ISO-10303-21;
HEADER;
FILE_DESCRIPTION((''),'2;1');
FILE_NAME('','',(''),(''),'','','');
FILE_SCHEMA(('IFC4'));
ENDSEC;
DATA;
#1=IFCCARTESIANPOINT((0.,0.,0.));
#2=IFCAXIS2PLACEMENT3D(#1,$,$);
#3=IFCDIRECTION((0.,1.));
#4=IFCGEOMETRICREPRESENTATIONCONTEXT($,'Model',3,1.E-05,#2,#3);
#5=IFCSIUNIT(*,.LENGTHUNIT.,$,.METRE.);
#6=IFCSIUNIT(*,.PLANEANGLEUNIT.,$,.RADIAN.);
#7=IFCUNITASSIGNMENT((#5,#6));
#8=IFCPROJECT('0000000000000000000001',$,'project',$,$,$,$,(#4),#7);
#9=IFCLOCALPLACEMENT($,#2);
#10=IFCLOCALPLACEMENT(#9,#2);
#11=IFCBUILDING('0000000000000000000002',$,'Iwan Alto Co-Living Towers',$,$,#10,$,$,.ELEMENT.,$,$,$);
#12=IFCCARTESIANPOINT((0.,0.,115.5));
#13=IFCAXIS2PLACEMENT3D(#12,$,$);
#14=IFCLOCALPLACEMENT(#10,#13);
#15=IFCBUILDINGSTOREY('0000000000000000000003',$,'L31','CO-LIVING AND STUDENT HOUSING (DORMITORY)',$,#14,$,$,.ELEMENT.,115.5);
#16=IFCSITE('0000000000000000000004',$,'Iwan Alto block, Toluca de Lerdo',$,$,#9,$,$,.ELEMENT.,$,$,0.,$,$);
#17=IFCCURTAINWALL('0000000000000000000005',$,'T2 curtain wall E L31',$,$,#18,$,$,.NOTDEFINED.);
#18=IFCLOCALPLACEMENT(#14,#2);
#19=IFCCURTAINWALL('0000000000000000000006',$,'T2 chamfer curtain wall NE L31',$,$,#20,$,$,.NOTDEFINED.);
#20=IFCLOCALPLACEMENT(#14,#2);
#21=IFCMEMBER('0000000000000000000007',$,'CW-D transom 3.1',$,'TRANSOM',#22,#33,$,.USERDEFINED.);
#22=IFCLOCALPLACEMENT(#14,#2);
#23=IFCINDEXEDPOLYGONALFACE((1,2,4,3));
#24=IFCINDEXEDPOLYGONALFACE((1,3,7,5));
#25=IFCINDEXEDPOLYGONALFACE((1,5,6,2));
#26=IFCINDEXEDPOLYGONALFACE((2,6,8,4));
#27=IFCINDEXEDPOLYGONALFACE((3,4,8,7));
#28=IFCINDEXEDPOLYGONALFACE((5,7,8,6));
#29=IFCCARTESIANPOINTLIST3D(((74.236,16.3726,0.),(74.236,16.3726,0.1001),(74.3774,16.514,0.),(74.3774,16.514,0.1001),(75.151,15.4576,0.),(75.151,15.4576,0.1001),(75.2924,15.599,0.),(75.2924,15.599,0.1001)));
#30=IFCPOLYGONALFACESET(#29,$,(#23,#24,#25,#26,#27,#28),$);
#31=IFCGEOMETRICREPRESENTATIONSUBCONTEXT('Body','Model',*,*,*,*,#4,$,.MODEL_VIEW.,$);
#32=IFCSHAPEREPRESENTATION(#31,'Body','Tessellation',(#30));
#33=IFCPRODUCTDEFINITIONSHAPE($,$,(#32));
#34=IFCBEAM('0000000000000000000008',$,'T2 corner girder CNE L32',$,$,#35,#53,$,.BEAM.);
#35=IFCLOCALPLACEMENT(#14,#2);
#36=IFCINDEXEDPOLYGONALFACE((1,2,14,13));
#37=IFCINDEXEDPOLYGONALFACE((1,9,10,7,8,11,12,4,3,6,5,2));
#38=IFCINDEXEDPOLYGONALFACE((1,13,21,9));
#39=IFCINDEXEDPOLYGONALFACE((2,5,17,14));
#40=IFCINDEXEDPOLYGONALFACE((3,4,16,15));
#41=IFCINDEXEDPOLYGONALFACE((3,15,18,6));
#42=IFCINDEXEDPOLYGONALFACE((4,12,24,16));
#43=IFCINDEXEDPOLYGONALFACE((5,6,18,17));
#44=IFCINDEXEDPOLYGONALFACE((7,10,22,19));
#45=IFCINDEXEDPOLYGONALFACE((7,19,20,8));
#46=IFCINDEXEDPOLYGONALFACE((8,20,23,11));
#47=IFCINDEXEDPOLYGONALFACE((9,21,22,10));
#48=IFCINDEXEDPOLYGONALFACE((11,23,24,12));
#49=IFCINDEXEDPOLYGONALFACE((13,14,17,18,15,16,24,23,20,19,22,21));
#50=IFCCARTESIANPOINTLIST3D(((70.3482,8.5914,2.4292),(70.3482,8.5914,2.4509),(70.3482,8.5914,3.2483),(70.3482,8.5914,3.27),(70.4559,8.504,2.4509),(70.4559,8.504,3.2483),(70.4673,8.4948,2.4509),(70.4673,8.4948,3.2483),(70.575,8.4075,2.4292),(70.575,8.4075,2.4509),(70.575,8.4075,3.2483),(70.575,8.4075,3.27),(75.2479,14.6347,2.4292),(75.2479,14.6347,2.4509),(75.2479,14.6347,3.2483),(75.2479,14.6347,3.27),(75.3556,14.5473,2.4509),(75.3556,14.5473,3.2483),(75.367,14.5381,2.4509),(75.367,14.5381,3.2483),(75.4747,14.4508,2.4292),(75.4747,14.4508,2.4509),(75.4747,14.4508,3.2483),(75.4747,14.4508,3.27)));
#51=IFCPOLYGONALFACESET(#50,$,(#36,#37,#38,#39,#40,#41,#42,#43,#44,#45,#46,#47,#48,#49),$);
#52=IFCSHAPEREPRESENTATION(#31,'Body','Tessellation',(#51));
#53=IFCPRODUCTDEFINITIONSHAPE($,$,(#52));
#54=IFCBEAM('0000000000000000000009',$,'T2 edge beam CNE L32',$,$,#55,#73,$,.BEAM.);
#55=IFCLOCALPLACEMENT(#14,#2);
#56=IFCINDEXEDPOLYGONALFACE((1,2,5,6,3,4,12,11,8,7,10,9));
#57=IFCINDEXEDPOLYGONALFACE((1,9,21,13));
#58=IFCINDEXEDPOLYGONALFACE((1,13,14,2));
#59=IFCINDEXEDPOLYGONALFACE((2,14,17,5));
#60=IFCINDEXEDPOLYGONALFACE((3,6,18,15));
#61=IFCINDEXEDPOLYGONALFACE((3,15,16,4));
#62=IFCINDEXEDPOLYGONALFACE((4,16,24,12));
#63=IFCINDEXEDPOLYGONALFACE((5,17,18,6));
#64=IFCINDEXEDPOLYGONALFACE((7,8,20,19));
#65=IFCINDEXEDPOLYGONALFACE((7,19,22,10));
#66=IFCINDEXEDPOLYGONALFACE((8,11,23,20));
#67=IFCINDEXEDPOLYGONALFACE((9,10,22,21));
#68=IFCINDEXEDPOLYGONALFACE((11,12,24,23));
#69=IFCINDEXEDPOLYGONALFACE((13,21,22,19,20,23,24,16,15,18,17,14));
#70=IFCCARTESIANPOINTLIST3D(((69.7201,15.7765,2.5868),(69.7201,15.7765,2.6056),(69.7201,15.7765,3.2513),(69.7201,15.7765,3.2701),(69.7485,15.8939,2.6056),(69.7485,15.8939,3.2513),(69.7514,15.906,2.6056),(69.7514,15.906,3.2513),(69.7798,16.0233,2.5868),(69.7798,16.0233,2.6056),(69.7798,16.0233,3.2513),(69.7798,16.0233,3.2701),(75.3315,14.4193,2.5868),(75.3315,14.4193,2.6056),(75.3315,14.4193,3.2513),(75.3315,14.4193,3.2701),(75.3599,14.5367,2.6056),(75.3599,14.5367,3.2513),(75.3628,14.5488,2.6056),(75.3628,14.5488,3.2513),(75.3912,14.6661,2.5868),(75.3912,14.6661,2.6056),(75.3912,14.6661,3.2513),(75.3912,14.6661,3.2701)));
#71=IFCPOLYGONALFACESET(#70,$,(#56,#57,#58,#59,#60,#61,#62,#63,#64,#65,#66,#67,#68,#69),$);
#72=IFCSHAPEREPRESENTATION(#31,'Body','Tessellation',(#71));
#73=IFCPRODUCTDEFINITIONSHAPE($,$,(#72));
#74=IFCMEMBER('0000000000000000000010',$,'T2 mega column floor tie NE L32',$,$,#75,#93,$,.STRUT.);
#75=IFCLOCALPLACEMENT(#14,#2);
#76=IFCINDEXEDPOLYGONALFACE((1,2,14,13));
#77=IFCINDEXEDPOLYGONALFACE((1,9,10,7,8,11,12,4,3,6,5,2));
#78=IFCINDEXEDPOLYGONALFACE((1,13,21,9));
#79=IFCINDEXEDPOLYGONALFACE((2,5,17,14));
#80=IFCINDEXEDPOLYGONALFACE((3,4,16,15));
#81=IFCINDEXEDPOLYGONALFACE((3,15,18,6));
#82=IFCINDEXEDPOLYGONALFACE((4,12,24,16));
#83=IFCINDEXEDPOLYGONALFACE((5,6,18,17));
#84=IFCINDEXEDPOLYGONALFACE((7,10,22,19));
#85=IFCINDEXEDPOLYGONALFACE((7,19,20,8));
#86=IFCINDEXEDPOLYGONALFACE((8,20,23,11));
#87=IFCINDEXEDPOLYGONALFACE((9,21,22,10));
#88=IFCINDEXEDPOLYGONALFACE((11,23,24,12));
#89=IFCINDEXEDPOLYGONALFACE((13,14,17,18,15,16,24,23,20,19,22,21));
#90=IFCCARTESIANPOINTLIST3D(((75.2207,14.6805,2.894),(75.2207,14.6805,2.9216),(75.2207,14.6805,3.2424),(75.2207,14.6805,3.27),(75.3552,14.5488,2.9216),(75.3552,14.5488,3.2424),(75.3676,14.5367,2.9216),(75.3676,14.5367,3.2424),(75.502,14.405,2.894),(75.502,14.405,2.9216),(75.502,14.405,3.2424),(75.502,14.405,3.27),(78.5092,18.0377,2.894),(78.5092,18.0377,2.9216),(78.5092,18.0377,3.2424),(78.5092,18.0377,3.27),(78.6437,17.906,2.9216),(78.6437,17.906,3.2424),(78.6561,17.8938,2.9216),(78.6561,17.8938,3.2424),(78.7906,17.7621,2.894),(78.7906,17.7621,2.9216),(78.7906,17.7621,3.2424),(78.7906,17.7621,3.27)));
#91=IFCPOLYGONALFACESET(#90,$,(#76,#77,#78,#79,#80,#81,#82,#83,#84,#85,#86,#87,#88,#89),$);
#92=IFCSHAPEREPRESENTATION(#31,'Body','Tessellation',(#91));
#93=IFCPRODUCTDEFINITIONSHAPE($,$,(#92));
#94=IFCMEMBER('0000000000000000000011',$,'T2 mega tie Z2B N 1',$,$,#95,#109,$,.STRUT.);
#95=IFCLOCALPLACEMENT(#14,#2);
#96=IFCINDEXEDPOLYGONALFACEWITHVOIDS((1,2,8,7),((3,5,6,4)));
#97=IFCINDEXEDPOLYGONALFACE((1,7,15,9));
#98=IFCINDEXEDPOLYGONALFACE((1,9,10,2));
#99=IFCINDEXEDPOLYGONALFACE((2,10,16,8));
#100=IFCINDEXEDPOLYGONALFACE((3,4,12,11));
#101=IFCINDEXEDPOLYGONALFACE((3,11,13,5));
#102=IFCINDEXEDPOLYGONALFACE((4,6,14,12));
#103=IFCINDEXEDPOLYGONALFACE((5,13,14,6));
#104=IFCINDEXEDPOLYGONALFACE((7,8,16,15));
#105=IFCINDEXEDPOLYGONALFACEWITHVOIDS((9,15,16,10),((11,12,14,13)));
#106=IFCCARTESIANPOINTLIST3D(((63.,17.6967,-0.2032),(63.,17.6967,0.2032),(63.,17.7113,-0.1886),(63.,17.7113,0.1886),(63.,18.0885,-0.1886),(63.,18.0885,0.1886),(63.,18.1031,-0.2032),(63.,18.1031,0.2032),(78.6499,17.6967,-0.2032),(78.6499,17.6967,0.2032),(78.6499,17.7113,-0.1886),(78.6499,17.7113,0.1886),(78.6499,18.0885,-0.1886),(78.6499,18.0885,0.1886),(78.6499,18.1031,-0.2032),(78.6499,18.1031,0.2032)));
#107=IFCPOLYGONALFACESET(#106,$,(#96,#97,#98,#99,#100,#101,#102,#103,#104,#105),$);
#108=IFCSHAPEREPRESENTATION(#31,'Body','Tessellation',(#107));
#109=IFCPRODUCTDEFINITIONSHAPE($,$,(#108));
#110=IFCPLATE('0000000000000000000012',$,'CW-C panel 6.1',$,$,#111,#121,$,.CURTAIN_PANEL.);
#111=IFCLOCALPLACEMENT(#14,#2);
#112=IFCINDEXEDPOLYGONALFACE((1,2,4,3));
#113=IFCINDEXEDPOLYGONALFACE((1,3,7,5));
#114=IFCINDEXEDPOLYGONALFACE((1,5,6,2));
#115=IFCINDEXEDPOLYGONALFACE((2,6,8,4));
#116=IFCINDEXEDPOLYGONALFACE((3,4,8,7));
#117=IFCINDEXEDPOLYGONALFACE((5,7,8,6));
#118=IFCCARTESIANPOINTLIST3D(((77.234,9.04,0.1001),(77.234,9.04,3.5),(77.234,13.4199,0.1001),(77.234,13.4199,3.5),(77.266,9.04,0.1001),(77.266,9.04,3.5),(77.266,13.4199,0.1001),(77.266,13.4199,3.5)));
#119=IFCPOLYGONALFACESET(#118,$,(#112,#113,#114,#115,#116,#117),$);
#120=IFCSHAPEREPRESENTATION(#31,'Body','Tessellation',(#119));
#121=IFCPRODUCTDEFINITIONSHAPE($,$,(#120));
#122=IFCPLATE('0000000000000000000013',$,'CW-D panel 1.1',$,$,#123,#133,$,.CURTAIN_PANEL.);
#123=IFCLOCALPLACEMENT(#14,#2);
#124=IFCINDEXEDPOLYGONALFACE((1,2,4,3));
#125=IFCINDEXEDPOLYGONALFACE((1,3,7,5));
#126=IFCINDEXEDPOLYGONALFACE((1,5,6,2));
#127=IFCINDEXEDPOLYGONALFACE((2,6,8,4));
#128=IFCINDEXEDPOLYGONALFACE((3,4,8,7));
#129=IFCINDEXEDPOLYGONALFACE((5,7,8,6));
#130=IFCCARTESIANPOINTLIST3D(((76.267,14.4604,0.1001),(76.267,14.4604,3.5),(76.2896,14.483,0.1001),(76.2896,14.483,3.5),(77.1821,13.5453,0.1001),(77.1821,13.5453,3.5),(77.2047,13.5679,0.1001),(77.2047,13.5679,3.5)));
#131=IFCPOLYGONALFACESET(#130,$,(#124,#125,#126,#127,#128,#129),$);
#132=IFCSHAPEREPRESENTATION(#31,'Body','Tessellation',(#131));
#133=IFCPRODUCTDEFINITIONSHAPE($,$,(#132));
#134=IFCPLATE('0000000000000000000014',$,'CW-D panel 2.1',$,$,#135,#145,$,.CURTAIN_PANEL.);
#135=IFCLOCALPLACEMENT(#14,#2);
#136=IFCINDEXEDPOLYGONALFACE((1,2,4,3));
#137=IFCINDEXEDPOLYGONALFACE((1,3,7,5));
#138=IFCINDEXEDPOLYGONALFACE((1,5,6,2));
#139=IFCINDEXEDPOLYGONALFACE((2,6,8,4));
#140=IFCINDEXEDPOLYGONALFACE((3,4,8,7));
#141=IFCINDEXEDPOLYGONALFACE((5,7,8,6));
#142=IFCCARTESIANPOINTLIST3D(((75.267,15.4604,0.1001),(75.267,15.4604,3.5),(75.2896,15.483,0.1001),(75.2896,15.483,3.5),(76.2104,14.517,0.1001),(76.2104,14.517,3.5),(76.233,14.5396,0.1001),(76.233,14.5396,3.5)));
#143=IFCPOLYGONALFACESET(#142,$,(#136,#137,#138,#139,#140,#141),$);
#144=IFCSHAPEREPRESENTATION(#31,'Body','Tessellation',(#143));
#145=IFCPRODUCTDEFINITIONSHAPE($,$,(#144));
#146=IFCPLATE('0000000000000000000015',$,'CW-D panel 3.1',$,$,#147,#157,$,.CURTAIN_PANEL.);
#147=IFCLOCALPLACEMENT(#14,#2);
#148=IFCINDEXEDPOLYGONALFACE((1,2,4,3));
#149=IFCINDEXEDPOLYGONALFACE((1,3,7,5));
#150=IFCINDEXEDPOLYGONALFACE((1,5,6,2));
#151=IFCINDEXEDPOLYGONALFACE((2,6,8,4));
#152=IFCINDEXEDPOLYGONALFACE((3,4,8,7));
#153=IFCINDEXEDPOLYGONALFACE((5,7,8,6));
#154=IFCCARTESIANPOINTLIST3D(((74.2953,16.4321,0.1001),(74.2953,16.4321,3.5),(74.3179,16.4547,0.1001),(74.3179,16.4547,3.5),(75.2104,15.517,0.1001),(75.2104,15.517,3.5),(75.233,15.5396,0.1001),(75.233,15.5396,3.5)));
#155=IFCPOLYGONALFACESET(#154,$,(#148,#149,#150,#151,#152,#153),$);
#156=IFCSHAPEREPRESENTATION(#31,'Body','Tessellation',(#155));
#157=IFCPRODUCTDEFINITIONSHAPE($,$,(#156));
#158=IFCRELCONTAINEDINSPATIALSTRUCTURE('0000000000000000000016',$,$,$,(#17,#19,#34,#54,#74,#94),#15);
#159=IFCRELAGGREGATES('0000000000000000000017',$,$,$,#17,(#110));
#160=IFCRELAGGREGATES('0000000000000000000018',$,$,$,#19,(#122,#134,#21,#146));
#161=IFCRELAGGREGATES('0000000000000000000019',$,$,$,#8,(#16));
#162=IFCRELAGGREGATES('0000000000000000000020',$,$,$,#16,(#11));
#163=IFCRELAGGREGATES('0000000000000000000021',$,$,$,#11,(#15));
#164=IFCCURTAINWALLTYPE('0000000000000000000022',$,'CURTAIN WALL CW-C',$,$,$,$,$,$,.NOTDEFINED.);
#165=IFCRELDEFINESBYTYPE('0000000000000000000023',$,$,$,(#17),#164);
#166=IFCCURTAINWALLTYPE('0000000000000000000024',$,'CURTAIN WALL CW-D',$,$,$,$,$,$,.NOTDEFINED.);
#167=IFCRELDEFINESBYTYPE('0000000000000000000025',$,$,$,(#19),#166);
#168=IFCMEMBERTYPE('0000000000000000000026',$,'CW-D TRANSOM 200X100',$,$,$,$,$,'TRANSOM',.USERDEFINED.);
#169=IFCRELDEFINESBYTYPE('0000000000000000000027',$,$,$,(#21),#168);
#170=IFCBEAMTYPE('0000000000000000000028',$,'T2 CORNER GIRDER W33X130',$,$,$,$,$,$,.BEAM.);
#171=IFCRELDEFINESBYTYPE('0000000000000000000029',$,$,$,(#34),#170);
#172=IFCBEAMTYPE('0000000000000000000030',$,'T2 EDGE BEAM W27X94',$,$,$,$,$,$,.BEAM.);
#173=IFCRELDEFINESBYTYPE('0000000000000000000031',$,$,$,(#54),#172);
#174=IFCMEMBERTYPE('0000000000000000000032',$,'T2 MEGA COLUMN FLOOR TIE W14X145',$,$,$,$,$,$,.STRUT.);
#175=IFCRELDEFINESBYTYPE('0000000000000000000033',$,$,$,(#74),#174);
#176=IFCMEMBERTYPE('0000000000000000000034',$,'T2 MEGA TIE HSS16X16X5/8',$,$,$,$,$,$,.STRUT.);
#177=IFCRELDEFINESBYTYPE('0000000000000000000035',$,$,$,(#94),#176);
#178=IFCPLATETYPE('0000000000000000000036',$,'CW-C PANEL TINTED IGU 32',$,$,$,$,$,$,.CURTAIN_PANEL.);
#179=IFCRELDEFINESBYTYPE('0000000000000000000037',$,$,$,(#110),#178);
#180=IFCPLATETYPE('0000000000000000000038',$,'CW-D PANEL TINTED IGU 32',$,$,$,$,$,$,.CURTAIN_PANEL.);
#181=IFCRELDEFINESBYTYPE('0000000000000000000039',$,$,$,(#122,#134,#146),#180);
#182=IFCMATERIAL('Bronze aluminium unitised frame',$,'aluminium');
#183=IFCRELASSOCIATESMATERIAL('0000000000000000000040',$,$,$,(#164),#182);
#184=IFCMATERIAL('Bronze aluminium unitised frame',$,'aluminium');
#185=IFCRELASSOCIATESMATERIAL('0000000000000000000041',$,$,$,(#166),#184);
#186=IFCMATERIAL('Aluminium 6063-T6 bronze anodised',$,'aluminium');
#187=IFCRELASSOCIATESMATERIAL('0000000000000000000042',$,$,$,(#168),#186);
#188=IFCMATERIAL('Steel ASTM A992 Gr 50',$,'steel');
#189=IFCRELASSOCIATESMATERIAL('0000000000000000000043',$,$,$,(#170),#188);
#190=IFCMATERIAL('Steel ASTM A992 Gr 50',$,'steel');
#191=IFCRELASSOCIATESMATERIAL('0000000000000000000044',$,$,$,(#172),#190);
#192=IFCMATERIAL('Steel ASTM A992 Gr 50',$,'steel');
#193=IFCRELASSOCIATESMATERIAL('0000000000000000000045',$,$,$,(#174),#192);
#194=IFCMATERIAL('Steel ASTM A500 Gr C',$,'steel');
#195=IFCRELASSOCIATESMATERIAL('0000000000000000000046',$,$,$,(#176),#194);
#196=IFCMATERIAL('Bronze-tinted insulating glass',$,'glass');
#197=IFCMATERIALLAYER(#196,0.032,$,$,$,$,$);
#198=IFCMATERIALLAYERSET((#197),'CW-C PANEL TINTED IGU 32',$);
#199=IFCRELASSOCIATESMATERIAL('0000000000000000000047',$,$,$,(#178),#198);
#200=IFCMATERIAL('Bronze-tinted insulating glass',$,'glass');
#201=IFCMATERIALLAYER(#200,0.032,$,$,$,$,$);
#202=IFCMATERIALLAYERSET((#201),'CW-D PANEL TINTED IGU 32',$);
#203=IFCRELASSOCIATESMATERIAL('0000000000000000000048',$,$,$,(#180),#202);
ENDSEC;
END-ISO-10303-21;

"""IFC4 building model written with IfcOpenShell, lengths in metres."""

from ifc_helpers import new_model, si_unit, direction, frame, origin, origin_2d, place, context, subcontext, project, spatial, rectangle, hollow_rectangle, i_section, extrude, material, layer, layer_set, material_profile, profile_set, type_object, element, aggregate, save


model = new_model("IFC4")

# Units and contexts
model_context = context("Model", 3, precision=1e-05, world=origin(), true_north=direction((0.0, 1.0)))
body_context = subcontext(model_context, "Body", "Model", "MODEL_VIEW")
ifc_project = project(units=[si_unit("LENGTHUNIT", "METRE"), si_unit("PLANEANGLEUNIT", "RADIAN")], contexts=[model_context])

# Site, building, storey
site_placement = place(None, origin())
site = spatial("IfcSite", under=ifc_project, at=site_placement, Name="Iwan Alto block, Toluca de Lerdo", CompositionType="ELEMENT", RefElevation=0.0)
building_placement = place(site_placement, origin())
building = spatial("IfcBuilding", under=site, at=building_placement, Name="Iwan Alto Co-Living Towers", CompositionType="ELEMENT")
storey_placement = place(building_placement, frame((0.0, 0.0, 115.5)))
storey = spatial("IfcBuildingStorey", under=building, at=storey_placement, Name="L31", Description="CO-LIVING AND STUDENT HOUSING (DORMITORY)", CompositionType="ELEMENT", Elevation=115.5)

# Curtain wall
ifc_material_1 = material(Name="Bronze aluminium unitised frame", Category="aluminium")
curtain_wall_type_1 = type_object("IfcCurtainWallType", Name="CURTAIN WALL CW-C", PredefinedType="NOTDEFINED", material=ifc_material_1)
curtain_wall_1_placement = place(storey_placement, origin())
curtain_wall_1 = element("IfcCurtainWall", 1, at=curtain_wall_1_placement, inside=storey, type_object=curtain_wall_type_1, Name="T2 curtain wall E L31", PredefinedType="NOTDEFINED")

# Curtain wall, member
ifc_material_2 = material(Name="Bronze aluminium unitised frame", Category="aluminium")
curtain_wall_type_2 = type_object("IfcCurtainWallType", Name="CURTAIN WALL CW-D", PredefinedType="NOTDEFINED", material=ifc_material_2)
curtain_wall_2_placement = place(storey_placement, origin())
curtain_wall_2 = element("IfcCurtainWall", 2, at=curtain_wall_2_placement, inside=storey, type_object=curtain_wall_type_2, Name="T2 chamfer curtain wall NE L31", PredefinedType="NOTDEFINED")
ifc_material_3 = material(Name="Aluminium 6063-T6 bronze anodised", Category="aluminium")
ifc_material_profile_1 = material_profile(ifc_material_3, rectangle(XDim=0.2, YDim=0.1001, at=origin_2d()), Name="AL 200X100")
ifc_profile_set_1 = profile_set([ifc_material_profile_1], Name="Aluminium 6063-T6 bronze anodised")
member_type_1 = type_object("IfcMemberType", Name="CW-D TRANSOM 200X100", ElementType="TRANSOM", PredefinedType="USERDEFINED", material=ifc_profile_set_1)
member_1_placement = place(storey_placement, frame((75.2217, 15.5283, 0.05), z_axis=(-0.707107, 0.707107, 0.0), x_axis=(-0.707107, -0.707107, 0.0)))
member_1 = element("IfcMember", 3, at=member_1_placement, type_object=member_type_1, Name="CW-D transom 3.1", ObjectType="TRANSOM", PredefinedType="USERDEFINED", context=body_context, shape_type="SweptSolid", body=[
    extrude(rectangle(XDim=0.2, YDim=0.1001, at=origin_2d()), origin(), (0.0, 0.0, 1.0), 1.2939),
])

# Beams
ifc_material_4 = material(Name="Steel ASTM A992 Gr 50", Category="steel")
ifc_material_profile_2 = material_profile(ifc_material_4, i_section(OverallWidth=0.292, OverallDepth=0.8408, WebThickness=0.0146, FlangeThickness=0.0217, at=origin_2d()), Name="W33X130")
ifc_profile_set_2 = profile_set([ifc_material_profile_2], Name="Steel ASTM A992 Gr 50")
beam_type_1 = type_object("IfcBeamType", Name="T2 CORNER GIRDER W33X130", PredefinedType="BEAM", material=ifc_profile_set_2)
beam_1_placement = place(storey_placement, frame((75.3613, 14.5427, 2.8496), z_axis=(-0.629783, -0.776771, 0.0), x_axis=(0.776771, -0.629783, 0.0)))
element("IfcBeam", 4, at=beam_1_placement, inside=storey, type_object=beam_type_1, Name="T2 corner girder CNE L32", PredefinedType="BEAM", context=body_context, shape_type="SweptSolid", body=[
    extrude(i_section(OverallWidth=0.292, OverallDepth=0.8408, WebThickness=0.0146, FlangeThickness=0.0217, at=origin_2d()), origin(), (0.0, 0.0, 1.0), 7.78),
])
ifc_material_5 = material(Name="Steel ASTM A992 Gr 50", Category="steel")
ifc_material_profile_3 = material_profile(ifc_material_5, i_section(OverallWidth=0.2539, OverallDepth=0.6833, WebThickness=0.0125, FlangeThickness=0.0188, at=origin_2d()), Name="W27X94")
ifc_profile_set_3 = profile_set([ifc_material_profile_3], Name="Steel ASTM A992 Gr 50")
beam_type_2 = type_object("IfcBeamType", Name="T2 EDGE BEAM W27X94", PredefinedType="BEAM", material=ifc_profile_set_3)
beam_2_placement = place(storey_placement, frame((75.3613, 14.5427, 2.9285), z_axis=(-0.971975, 0.235086, 0.0), x_axis=(-0.235086, -0.971975, 0.0)))
element("IfcBeam", 5, at=beam_2_placement, inside=storey, type_object=beam_type_2, Name="T2 edge beam CNE L32", PredefinedType="BEAM", context=body_context, shape_type="SweptSolid", body=[
    extrude(i_section(OverallWidth=0.2539, OverallDepth=0.6833, WebThickness=0.0125, FlangeThickness=0.0188, at=origin_2d()), origin(), (0.0, 0.0, 1.0), 5.7732),
])

# Members
ifc_material_6 = material(Name="Steel ASTM A992 Gr 50", Category="steel")
ifc_material_profile_4 = material_profile(ifc_material_6, i_section(OverallWidth=0.3938, OverallDepth=0.376, WebThickness=0.0173, FlangeThickness=0.0276, at=origin_2d()), Name="W14X145")
ifc_profile_set_4 = profile_set([ifc_material_profile_4], Name="Steel ASTM A992 Gr 50")
member_type_2 = type_object("IfcMemberType", Name="T2 MEGA COLUMN FLOOR TIE W14X145", PredefinedType="STRUT", material=ifc_profile_set_4)
member_2_placement = place(storey_placement, frame((78.6499, 17.8999, 3.082), z_axis=(-0.69977, -0.714368, 0.0), x_axis=(0.714368, -0.69977, 0.0)))
element("IfcMember", 6, at=member_2_placement, inside=storey, type_object=member_type_2, Name="T2 mega column floor tie NE L32", PredefinedType="STRUT", context=body_context, shape_type="SweptSolid", body=[
    extrude(i_section(OverallWidth=0.3938, OverallDepth=0.376, WebThickness=0.0173, FlangeThickness=0.0276, at=origin_2d()), origin(), (0.0, 0.0, 1.0), 4.6995),
])
ifc_material_7 = material(Name="Steel ASTM A500 Gr C", Category="steel")
ifc_material_profile_5 = material_profile(ifc_material_7, hollow_rectangle(XDim=0.4065, YDim=0.4065, WallThickness=0.0146, at=origin_2d()), Name="HSS16X16X5/8")
ifc_profile_set_5 = profile_set([ifc_material_profile_5], Name="Steel ASTM A500 Gr C")
member_type_3 = type_object("IfcMemberType", Name="T2 MEGA TIE HSS16X16X5/8", PredefinedType="STRUT", material=ifc_profile_set_5)
member_3_placement = place(storey_placement, frame((78.6499, 17.8999, 0.0), z_axis=(-1.0, 0.0, 0.0), x_axis=(0.0, -1.0, 0.0)))
element("IfcMember", 7, at=member_3_placement, inside=storey, type_object=member_type_3, Name="T2 mega tie Z2B N 1", PredefinedType="STRUT", context=body_context, shape_type="SweptSolid", body=[
    extrude(hollow_rectangle(XDim=0.4065, YDim=0.4065, WallThickness=0.0146, at=origin_2d()), origin(), (0.0, 0.0, 1.0), 15.6499),
])

# Plates
ifc_material_8 = material(Name="Bronze-tinted insulating glass", Category="glass")
ifc_layer_1 = layer(ifc_material_8, 0.032)
ifc_layer_set_1 = layer_set([ifc_layer_1], Name="CW-C PANEL TINTED IGU 32")
plate_type_1 = type_object("IfcPlateType", Name="CW-C PANEL TINTED IGU 32", PredefinedType="CURTAIN_PANEL", material=ifc_layer_set_1)
plate_1_placement = place(storey_placement, frame((77.25, 11.23, 0.1001), z_axis=(0.0, 0.0, 1.0), x_axis=(0.0, 1.0, 0.0)))
plate_1 = element("IfcPlate", 8, at=plate_1_placement, type_object=plate_type_1, Name="CW-C panel 6.1", PredefinedType="CURTAIN_PANEL", context=body_context, shape_type="SweptSolid", body=[
    extrude(rectangle(XDim=4.3799, YDim=0.032, at=origin_2d()), origin(), (0.0, 0.0, 1.0), 3.3999),
])
aggregate(curtain_wall_1, [plate_1])
ifc_material_9 = material(Name="Bronze-tinted insulating glass", Category="glass")
ifc_layer_2 = layer(ifc_material_9, 0.032)
ifc_layer_set_2 = layer_set([ifc_layer_2], Name="CW-D PANEL TINTED IGU 32")
plate_type_2 = type_object("IfcPlateType", Name="CW-D PANEL TINTED IGU 32", PredefinedType="CURTAIN_PANEL", material=ifc_layer_set_2)
plate_2_placement = place(storey_placement, frame((76.7358, 14.0142, 0.1001), z_axis=(0.0, 0.0, 1.0), x_axis=(-0.707107, 0.707107, 0.0)))
plate_2 = element("IfcPlate", 9, at=plate_2_placement, type_object=plate_type_2, Name="CW-D panel 1.1", PredefinedType="CURTAIN_PANEL", context=body_context, shape_type="SweptSolid", body=[
    extrude(rectangle(XDim=1.2942, YDim=0.032, at=origin_2d()), origin(), (0.0, 0.0, 1.0), 3.3999),
])
plate_3_placement = place(storey_placement, frame((75.75, 15.0, 0.1001), z_axis=(0.0, 0.0, 1.0), x_axis=(-0.707107, 0.707107, 0.0)))
plate_3 = element("IfcPlate", 10, at=plate_3_placement, type_object=plate_type_2, Name="CW-D panel 2.1", PredefinedType="CURTAIN_PANEL", context=body_context, shape_type="SweptSolid", body=[
    extrude(rectangle(XDim=1.3342, YDim=0.032, at=origin_2d()), origin(), (0.0, 0.0, 1.0), 3.3999),
])
plate_4_placement = place(storey_placement, frame((74.7642, 15.9858, 0.1001), z_axis=(0.0, 0.0, 1.0), x_axis=(-0.707107, 0.707107, 0.0)))
plate_4 = element("IfcPlate", 11, at=plate_4_placement, type_object=plate_type_2, Name="CW-D panel 3.1", PredefinedType="CURTAIN_PANEL", context=body_context, shape_type="SweptSolid", body=[
    extrude(rectangle(XDim=1.2942, YDim=0.032, at=origin_2d()), origin(), (0.0, 0.0, 1.0), 3.3999),
])
aggregate(curtain_wall_2, [plate_2, plate_3, member_1, plate_4])

save(model, "model.ifc")
